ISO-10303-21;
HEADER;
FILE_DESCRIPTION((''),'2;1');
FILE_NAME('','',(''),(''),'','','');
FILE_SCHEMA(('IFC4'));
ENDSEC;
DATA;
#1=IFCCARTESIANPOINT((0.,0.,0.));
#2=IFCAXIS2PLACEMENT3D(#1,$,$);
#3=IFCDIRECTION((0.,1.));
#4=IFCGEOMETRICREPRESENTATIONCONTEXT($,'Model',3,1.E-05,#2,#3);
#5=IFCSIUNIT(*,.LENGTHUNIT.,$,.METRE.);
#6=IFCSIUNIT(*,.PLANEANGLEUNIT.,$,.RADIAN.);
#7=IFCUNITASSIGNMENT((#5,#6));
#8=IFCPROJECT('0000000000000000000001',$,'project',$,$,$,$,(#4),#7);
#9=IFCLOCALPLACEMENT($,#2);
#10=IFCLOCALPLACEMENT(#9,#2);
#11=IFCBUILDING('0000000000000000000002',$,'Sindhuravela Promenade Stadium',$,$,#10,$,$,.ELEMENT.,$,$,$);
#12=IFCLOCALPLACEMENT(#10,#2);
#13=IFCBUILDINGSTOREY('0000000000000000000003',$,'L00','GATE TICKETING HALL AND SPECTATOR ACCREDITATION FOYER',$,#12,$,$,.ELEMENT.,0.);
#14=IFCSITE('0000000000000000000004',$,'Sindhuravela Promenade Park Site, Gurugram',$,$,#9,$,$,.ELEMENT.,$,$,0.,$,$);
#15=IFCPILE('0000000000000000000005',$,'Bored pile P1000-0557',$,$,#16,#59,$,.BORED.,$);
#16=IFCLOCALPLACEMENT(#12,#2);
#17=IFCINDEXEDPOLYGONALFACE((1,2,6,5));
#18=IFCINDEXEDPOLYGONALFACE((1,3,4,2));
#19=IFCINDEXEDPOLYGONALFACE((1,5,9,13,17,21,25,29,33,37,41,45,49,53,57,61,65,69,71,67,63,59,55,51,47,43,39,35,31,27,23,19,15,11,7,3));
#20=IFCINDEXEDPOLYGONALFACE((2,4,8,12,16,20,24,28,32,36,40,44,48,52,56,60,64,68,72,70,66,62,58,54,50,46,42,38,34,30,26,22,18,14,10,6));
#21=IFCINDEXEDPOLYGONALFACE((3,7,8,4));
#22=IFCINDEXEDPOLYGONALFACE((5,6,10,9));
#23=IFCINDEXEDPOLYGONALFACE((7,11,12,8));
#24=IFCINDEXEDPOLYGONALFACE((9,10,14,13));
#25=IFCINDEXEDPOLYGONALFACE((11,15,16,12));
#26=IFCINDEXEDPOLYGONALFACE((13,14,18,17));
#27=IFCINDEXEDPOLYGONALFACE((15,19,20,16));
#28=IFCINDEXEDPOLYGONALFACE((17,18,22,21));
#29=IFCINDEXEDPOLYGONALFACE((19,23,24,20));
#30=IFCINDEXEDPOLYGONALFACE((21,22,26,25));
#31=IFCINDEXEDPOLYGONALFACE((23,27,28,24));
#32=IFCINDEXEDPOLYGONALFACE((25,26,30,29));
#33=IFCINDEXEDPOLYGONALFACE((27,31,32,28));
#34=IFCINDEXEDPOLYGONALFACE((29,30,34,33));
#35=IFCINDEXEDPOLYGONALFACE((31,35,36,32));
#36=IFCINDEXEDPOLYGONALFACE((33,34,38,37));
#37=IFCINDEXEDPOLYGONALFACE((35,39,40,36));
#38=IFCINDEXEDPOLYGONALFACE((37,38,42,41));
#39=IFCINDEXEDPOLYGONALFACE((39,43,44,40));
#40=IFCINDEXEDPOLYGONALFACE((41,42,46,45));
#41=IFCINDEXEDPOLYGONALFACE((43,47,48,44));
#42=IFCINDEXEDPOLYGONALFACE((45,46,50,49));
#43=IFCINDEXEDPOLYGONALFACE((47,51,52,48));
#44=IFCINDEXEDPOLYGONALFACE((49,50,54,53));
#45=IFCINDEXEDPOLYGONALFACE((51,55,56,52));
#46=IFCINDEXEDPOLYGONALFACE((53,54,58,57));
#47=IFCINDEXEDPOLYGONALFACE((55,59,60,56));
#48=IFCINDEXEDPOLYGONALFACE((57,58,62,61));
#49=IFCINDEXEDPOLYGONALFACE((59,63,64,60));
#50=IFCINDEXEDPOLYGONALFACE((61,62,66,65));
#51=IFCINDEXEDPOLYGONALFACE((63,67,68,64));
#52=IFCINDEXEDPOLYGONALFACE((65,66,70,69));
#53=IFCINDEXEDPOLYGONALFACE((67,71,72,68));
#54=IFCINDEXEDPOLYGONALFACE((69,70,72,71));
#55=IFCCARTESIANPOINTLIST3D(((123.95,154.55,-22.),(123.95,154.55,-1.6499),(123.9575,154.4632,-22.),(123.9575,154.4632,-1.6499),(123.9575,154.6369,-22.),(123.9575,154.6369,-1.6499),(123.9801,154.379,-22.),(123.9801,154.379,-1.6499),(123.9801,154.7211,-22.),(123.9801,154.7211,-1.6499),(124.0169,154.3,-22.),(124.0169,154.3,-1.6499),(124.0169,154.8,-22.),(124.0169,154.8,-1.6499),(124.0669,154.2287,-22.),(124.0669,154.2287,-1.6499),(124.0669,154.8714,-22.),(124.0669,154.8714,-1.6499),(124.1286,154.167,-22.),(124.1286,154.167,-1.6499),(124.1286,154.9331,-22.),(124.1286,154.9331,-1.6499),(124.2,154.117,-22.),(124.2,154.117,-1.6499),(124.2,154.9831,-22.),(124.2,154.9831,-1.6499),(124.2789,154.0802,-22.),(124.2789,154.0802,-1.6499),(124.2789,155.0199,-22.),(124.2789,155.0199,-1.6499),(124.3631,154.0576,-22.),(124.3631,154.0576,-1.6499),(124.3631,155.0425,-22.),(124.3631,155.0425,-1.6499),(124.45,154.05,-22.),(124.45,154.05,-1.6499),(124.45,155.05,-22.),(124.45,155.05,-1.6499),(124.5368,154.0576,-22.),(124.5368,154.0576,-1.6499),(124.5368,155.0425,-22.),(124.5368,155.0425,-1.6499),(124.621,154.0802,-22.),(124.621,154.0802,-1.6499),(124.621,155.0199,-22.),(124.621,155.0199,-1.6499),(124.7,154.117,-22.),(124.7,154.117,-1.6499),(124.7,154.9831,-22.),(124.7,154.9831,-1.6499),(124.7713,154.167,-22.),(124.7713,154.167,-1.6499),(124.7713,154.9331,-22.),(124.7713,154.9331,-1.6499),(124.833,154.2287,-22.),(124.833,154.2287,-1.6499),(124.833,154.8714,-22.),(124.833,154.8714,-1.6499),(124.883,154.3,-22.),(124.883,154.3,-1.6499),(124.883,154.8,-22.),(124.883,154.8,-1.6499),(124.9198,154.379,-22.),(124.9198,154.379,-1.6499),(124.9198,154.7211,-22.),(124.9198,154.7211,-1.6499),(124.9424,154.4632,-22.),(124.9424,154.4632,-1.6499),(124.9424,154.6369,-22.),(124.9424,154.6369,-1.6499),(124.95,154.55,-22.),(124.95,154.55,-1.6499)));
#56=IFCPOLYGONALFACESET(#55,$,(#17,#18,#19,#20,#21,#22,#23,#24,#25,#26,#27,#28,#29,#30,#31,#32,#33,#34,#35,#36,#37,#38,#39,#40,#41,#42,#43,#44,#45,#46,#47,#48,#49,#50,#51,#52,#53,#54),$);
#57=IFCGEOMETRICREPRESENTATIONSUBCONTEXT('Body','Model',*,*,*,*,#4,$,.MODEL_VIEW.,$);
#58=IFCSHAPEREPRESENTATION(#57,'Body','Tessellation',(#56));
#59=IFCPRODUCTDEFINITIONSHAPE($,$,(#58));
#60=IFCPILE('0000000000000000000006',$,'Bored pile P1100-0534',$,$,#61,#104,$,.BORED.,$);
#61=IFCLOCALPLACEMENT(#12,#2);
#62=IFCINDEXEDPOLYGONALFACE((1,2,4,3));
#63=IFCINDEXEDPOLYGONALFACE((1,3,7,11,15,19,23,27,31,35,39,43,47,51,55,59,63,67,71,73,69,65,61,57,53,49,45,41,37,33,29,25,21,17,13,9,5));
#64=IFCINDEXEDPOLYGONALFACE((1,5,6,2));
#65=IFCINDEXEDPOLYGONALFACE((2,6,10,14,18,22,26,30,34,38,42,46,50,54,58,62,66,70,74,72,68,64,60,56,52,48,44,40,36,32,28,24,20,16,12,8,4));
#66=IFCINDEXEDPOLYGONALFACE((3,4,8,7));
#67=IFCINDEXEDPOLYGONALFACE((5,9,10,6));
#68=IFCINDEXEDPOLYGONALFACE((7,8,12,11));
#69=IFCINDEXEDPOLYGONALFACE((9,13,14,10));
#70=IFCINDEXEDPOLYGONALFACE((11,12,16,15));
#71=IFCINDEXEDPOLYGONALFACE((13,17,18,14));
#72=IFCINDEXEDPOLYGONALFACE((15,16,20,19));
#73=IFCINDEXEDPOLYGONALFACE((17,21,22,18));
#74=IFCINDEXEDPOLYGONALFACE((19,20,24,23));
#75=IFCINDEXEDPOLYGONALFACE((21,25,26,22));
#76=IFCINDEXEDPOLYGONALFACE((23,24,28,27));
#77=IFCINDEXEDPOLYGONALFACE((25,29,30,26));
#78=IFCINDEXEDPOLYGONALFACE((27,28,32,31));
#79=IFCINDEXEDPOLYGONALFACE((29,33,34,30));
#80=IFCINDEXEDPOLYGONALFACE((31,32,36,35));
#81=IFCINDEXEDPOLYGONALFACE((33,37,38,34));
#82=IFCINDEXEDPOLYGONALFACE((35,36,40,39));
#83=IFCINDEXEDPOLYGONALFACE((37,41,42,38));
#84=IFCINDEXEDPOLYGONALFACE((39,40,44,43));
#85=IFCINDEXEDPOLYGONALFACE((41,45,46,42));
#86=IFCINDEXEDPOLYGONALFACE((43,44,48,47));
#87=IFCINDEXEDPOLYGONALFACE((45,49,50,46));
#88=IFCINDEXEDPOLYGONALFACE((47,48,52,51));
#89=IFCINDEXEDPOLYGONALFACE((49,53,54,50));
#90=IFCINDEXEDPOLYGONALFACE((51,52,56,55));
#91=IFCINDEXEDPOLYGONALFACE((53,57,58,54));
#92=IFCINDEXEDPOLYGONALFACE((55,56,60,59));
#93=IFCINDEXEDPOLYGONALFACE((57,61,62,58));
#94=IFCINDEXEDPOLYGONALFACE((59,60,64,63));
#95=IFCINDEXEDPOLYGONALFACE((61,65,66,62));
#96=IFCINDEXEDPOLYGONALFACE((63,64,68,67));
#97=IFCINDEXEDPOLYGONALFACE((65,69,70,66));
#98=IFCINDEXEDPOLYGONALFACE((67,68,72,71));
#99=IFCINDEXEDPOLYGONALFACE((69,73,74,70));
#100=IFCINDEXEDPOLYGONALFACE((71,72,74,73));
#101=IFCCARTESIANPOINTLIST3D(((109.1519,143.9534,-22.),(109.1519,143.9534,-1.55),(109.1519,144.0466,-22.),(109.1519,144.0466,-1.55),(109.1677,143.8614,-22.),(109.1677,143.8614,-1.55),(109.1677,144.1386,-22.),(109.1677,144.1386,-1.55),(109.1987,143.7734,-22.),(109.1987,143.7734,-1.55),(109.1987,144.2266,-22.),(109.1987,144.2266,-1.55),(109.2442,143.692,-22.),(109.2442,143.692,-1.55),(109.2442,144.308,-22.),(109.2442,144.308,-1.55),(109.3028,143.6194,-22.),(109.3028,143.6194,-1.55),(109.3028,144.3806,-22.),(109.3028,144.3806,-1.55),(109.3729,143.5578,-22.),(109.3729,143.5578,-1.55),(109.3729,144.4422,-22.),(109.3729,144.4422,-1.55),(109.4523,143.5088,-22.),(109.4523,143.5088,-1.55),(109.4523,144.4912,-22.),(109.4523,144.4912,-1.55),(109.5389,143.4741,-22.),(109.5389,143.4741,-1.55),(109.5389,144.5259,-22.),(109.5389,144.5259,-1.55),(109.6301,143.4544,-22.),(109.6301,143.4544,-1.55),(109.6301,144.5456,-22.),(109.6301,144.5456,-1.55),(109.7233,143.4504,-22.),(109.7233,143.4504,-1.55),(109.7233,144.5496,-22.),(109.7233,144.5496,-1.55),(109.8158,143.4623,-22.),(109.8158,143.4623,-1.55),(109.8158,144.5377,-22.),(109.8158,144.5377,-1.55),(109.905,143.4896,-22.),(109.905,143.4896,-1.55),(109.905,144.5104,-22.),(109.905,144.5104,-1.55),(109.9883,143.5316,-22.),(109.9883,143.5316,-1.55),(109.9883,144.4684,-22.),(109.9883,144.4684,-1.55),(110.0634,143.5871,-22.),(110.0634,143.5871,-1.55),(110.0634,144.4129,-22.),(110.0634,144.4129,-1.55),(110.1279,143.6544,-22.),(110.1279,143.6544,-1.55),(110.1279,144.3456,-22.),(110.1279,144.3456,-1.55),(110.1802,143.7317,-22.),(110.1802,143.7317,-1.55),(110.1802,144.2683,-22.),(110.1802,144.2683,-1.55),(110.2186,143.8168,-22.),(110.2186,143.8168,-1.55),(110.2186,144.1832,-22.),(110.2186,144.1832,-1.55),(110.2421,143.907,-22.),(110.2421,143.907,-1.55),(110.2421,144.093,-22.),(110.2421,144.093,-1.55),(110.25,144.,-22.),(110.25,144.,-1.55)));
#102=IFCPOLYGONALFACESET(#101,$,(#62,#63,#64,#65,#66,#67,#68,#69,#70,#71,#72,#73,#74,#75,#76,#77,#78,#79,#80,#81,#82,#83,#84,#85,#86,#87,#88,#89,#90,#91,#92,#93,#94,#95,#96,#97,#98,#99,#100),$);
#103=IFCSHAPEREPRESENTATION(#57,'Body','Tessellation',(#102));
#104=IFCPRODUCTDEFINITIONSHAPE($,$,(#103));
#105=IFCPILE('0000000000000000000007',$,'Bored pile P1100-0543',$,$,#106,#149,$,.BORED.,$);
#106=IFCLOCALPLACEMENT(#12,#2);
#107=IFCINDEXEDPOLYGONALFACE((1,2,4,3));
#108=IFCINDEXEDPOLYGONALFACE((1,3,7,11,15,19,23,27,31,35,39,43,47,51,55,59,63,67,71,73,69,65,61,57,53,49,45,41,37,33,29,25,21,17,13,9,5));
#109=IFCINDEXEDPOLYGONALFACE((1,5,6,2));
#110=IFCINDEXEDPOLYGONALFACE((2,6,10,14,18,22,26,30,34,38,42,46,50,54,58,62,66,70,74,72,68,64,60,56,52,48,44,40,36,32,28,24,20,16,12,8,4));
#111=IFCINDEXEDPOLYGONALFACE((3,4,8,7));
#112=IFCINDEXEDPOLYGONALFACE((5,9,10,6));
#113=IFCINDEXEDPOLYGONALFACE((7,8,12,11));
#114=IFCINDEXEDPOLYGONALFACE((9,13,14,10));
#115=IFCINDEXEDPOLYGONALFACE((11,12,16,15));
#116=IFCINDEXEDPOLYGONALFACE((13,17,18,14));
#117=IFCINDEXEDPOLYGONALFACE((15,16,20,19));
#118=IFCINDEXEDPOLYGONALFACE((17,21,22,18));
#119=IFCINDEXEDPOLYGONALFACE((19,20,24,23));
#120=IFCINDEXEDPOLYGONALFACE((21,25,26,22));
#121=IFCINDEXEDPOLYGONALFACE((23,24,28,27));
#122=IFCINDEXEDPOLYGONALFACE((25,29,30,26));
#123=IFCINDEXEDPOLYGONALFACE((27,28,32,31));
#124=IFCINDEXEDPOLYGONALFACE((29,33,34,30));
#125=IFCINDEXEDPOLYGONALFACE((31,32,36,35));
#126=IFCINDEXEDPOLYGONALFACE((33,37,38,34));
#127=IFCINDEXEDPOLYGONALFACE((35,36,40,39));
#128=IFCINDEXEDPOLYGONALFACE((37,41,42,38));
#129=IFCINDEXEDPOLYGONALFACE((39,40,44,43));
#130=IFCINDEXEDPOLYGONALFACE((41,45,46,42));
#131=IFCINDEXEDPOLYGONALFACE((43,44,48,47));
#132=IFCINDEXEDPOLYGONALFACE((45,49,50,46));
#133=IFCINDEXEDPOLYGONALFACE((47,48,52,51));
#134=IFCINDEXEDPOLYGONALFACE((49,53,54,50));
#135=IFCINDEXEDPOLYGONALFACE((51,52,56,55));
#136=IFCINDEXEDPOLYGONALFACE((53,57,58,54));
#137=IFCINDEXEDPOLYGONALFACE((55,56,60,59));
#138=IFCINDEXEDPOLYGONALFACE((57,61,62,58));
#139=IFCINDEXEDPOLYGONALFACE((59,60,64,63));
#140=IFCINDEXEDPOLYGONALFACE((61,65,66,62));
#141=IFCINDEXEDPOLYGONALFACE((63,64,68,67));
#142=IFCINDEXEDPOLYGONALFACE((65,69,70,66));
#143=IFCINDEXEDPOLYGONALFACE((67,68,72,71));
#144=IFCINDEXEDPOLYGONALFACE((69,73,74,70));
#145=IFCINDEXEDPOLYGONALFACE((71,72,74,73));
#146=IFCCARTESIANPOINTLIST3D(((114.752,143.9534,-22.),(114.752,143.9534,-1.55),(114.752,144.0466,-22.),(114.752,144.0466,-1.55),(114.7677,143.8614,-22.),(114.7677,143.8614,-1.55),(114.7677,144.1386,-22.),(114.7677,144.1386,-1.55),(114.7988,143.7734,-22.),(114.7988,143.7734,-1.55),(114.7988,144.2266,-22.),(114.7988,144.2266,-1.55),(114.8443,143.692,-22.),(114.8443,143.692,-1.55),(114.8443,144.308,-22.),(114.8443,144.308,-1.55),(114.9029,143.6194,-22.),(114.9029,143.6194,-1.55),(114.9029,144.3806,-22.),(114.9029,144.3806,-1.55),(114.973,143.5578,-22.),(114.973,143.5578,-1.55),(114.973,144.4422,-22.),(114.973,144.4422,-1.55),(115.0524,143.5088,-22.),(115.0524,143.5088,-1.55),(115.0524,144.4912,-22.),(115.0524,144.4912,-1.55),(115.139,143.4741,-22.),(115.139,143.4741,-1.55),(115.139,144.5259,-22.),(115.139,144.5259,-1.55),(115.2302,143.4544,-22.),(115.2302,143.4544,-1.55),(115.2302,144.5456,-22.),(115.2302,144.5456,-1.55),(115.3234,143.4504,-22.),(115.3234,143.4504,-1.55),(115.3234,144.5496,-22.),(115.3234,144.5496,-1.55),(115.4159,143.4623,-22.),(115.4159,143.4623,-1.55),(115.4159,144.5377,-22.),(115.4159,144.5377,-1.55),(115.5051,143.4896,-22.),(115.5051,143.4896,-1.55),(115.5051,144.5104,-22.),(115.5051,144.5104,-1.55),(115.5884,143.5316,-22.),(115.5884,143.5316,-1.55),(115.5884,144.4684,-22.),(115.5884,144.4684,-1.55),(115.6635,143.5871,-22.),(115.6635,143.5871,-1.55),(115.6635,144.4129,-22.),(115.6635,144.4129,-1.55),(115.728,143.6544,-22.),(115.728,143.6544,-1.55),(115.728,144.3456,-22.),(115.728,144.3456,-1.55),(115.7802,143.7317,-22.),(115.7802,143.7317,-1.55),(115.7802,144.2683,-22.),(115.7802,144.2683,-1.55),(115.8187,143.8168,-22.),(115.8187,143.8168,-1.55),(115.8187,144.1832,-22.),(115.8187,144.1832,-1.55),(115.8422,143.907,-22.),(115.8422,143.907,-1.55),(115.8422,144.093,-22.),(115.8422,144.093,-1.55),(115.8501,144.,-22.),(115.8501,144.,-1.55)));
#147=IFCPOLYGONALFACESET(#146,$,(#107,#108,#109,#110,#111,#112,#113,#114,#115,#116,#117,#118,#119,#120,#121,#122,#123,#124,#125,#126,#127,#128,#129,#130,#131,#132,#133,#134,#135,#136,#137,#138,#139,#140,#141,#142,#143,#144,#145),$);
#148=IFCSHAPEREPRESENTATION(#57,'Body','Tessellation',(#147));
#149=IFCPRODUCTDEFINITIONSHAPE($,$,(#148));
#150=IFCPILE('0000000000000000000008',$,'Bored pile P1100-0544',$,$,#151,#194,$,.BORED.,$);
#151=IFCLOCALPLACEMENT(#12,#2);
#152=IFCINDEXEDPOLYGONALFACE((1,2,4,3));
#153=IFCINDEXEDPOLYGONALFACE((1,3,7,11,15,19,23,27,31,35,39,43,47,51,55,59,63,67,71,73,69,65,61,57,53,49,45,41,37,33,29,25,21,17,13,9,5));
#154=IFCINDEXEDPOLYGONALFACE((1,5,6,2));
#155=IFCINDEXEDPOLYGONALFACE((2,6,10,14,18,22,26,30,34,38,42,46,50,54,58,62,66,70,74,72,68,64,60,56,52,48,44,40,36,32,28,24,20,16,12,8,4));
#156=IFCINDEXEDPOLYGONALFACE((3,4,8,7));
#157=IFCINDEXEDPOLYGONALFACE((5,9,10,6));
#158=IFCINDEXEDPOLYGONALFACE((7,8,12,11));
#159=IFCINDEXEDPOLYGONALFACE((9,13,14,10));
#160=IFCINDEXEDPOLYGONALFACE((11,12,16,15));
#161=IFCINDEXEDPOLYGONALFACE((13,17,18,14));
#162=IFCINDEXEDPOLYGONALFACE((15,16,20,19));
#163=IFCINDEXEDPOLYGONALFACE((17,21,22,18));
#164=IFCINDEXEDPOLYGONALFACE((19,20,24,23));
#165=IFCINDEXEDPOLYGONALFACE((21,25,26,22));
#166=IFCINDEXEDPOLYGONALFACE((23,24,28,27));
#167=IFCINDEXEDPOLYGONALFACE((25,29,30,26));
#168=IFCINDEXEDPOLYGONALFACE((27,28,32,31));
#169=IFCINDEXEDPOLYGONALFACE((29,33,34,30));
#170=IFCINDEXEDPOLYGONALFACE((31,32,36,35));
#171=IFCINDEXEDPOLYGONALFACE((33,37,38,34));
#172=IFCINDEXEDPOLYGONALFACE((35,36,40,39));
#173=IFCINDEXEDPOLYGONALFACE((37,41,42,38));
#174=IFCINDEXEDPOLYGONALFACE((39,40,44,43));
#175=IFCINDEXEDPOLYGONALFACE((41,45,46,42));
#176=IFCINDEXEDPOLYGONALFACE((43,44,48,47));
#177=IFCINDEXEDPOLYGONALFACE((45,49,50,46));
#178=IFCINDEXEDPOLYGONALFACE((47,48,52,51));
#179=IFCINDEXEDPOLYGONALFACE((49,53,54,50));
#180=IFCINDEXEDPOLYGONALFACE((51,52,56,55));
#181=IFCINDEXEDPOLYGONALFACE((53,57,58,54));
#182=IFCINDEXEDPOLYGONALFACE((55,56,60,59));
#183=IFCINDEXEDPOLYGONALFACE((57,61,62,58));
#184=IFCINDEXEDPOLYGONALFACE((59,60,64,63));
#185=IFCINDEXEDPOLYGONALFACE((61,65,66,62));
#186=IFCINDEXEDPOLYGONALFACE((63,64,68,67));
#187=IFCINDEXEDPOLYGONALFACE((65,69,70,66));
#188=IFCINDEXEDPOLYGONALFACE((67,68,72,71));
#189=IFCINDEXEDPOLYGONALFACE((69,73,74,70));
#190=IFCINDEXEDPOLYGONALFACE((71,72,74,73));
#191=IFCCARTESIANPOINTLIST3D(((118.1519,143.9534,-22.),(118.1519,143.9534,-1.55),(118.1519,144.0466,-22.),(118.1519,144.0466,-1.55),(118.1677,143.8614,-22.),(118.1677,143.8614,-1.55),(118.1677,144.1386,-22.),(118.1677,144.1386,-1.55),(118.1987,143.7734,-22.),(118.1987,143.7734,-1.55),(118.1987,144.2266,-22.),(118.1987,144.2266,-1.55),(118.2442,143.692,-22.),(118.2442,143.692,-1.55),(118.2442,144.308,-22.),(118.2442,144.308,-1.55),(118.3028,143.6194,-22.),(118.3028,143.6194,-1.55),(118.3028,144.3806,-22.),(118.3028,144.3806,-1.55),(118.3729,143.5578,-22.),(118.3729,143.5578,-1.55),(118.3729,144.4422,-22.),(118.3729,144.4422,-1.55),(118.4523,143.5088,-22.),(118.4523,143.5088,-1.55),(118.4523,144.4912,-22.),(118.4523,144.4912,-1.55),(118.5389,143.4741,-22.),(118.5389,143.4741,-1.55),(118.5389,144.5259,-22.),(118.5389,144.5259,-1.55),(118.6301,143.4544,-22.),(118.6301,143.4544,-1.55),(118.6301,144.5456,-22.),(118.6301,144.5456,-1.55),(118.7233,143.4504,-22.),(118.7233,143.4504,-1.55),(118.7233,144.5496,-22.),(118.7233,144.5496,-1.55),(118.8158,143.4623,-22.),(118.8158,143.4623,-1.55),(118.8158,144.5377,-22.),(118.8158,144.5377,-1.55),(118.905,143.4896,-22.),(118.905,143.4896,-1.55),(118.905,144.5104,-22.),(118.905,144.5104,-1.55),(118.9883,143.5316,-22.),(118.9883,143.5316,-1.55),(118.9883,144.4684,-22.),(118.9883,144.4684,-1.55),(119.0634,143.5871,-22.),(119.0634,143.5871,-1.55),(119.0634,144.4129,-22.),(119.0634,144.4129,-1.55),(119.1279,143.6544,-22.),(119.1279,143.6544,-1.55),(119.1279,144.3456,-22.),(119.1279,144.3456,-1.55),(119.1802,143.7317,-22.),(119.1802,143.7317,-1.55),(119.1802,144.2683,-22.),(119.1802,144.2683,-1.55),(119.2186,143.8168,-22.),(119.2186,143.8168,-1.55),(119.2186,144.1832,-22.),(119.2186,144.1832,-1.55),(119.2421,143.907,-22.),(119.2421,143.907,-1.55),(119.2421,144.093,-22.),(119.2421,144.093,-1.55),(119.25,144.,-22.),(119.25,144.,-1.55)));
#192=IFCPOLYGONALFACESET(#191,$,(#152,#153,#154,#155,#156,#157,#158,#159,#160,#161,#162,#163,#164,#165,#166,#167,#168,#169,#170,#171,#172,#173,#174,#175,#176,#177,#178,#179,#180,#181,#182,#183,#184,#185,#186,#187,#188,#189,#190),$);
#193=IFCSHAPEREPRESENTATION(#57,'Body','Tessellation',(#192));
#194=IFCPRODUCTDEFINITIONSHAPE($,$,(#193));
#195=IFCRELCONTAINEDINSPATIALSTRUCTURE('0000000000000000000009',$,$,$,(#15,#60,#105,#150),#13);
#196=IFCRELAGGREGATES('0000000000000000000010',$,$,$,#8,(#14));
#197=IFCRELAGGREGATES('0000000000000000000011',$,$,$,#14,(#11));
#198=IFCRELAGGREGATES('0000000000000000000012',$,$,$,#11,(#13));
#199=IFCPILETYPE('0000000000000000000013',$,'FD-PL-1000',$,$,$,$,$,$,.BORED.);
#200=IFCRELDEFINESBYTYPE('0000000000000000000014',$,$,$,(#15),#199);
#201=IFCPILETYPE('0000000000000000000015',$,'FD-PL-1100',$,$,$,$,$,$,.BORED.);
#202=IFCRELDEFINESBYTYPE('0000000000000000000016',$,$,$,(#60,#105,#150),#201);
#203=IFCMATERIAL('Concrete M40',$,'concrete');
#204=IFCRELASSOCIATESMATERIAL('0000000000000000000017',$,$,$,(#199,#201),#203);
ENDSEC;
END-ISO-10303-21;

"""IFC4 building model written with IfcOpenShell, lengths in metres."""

from ifc_helpers import new_model, si_unit, direction, frame, origin, origin_2d, place, context, subcontext, project, spatial, circle, extrude, material, material_profile, profile_set, type_object, element, save


model = new_model("IFC4")

# Units and contexts
model_context = context("Model", 3, precision=1e-05, world=origin(), true_north=direction((0.0, 1.0)))
body_context = subcontext(model_context, "Body", "Model", "MODEL_VIEW")
ifc_project = project(units=[si_unit("LENGTHUNIT", "METRE"), si_unit("PLANEANGLEUNIT", "RADIAN")], contexts=[model_context])

# Site, building, storey
site_placement = place(None, origin())
site = spatial("IfcSite", under=ifc_project, at=site_placement, Name="Sindhuravela Promenade Park Site, Gurugram", CompositionType="ELEMENT", RefElevation=0.0)
building_placement = place(site_placement, origin())
building = spatial("IfcBuilding", under=site, at=building_placement, Name="Sindhuravela Promenade Stadium", CompositionType="ELEMENT")
storey_placement = place(building_placement, origin())
storey = spatial("IfcBuildingStorey", under=building, at=storey_placement, Name="L00", Description="GATE TICKETING HALL AND SPECTATOR ACCREDITATION FOYER", CompositionType="ELEMENT", Elevation=0.0)

# Piles
ifc_material_1 = material(Name="Concrete M40", Category="concrete")
ifc_material_profile_1 = material_profile(ifc_material_1, circle(Radius=0.5, at=origin_2d()), Name="BORED PILE D1000")
ifc_profile_set_1 = profile_set([ifc_material_profile_1], Name="Concrete M40")
pile_type_1 = type_object("IfcPileType", Name="FD-PL-1000", PredefinedType="BORED", material=ifc_profile_set_1)
for number, where, z_axis, x_axis, name in (
    (1, (124.45, 154.55, -1.6499), (0.0, 0.0, -1.0), (1.0, 0.0, 0.0), "Bored pile P1000-0557"),
):
    element("IfcPile", number, at=place(storey_placement, frame(where, z_axis=z_axis, x_axis=x_axis)), inside=storey, type_object=pile_type_1, Name=name, PredefinedType="BORED", context=body_context, shape_type="SweptSolid", body=[
        extrude(circle(Radius=0.5, at=origin_2d()), origin(), (0.0, 0.0, 1.0), 20.3501),
    ])
ifc_material_profile_2 = material_profile(ifc_material_1, circle(Radius=0.55, at=origin_2d()), Name="BORED PILE D1100")
ifc_profile_set_2 = profile_set([ifc_material_profile_2], Name="Concrete M40")
pile_type_2 = type_object("IfcPileType", Name="FD-PL-1100", PredefinedType="BORED", material=ifc_profile_set_2)
for number, where, z_axis, x_axis, name in (
    (2, (109.7, 144.0, -1.55), (0.0, 0.0, -1.0), (1.0, 0.0, 0.0), "Bored pile P1100-0534"),
    (3, (115.3, 144.0, -1.55), (0.0, 0.0, -1.0), (1.0, 0.0, 0.0), "Bored pile P1100-0543"),
    (4, (118.7, 144.0, -1.55), (0.0, 0.0, -1.0), (1.0, 0.0, 0.0), "Bored pile P1100-0544"),
):
    element("IfcPile", number, at=place(storey_placement, frame(where, z_axis=z_axis, x_axis=x_axis)), inside=storey, type_object=pile_type_2, Name=name, PredefinedType="BORED", context=body_context, shape_type="SweptSolid", body=[
        extrude(circle(Radius=0.55, at=origin_2d()), origin(), (0.0, 0.0, 1.0), 20.45),
    ])

save(model, "model.ifc")
